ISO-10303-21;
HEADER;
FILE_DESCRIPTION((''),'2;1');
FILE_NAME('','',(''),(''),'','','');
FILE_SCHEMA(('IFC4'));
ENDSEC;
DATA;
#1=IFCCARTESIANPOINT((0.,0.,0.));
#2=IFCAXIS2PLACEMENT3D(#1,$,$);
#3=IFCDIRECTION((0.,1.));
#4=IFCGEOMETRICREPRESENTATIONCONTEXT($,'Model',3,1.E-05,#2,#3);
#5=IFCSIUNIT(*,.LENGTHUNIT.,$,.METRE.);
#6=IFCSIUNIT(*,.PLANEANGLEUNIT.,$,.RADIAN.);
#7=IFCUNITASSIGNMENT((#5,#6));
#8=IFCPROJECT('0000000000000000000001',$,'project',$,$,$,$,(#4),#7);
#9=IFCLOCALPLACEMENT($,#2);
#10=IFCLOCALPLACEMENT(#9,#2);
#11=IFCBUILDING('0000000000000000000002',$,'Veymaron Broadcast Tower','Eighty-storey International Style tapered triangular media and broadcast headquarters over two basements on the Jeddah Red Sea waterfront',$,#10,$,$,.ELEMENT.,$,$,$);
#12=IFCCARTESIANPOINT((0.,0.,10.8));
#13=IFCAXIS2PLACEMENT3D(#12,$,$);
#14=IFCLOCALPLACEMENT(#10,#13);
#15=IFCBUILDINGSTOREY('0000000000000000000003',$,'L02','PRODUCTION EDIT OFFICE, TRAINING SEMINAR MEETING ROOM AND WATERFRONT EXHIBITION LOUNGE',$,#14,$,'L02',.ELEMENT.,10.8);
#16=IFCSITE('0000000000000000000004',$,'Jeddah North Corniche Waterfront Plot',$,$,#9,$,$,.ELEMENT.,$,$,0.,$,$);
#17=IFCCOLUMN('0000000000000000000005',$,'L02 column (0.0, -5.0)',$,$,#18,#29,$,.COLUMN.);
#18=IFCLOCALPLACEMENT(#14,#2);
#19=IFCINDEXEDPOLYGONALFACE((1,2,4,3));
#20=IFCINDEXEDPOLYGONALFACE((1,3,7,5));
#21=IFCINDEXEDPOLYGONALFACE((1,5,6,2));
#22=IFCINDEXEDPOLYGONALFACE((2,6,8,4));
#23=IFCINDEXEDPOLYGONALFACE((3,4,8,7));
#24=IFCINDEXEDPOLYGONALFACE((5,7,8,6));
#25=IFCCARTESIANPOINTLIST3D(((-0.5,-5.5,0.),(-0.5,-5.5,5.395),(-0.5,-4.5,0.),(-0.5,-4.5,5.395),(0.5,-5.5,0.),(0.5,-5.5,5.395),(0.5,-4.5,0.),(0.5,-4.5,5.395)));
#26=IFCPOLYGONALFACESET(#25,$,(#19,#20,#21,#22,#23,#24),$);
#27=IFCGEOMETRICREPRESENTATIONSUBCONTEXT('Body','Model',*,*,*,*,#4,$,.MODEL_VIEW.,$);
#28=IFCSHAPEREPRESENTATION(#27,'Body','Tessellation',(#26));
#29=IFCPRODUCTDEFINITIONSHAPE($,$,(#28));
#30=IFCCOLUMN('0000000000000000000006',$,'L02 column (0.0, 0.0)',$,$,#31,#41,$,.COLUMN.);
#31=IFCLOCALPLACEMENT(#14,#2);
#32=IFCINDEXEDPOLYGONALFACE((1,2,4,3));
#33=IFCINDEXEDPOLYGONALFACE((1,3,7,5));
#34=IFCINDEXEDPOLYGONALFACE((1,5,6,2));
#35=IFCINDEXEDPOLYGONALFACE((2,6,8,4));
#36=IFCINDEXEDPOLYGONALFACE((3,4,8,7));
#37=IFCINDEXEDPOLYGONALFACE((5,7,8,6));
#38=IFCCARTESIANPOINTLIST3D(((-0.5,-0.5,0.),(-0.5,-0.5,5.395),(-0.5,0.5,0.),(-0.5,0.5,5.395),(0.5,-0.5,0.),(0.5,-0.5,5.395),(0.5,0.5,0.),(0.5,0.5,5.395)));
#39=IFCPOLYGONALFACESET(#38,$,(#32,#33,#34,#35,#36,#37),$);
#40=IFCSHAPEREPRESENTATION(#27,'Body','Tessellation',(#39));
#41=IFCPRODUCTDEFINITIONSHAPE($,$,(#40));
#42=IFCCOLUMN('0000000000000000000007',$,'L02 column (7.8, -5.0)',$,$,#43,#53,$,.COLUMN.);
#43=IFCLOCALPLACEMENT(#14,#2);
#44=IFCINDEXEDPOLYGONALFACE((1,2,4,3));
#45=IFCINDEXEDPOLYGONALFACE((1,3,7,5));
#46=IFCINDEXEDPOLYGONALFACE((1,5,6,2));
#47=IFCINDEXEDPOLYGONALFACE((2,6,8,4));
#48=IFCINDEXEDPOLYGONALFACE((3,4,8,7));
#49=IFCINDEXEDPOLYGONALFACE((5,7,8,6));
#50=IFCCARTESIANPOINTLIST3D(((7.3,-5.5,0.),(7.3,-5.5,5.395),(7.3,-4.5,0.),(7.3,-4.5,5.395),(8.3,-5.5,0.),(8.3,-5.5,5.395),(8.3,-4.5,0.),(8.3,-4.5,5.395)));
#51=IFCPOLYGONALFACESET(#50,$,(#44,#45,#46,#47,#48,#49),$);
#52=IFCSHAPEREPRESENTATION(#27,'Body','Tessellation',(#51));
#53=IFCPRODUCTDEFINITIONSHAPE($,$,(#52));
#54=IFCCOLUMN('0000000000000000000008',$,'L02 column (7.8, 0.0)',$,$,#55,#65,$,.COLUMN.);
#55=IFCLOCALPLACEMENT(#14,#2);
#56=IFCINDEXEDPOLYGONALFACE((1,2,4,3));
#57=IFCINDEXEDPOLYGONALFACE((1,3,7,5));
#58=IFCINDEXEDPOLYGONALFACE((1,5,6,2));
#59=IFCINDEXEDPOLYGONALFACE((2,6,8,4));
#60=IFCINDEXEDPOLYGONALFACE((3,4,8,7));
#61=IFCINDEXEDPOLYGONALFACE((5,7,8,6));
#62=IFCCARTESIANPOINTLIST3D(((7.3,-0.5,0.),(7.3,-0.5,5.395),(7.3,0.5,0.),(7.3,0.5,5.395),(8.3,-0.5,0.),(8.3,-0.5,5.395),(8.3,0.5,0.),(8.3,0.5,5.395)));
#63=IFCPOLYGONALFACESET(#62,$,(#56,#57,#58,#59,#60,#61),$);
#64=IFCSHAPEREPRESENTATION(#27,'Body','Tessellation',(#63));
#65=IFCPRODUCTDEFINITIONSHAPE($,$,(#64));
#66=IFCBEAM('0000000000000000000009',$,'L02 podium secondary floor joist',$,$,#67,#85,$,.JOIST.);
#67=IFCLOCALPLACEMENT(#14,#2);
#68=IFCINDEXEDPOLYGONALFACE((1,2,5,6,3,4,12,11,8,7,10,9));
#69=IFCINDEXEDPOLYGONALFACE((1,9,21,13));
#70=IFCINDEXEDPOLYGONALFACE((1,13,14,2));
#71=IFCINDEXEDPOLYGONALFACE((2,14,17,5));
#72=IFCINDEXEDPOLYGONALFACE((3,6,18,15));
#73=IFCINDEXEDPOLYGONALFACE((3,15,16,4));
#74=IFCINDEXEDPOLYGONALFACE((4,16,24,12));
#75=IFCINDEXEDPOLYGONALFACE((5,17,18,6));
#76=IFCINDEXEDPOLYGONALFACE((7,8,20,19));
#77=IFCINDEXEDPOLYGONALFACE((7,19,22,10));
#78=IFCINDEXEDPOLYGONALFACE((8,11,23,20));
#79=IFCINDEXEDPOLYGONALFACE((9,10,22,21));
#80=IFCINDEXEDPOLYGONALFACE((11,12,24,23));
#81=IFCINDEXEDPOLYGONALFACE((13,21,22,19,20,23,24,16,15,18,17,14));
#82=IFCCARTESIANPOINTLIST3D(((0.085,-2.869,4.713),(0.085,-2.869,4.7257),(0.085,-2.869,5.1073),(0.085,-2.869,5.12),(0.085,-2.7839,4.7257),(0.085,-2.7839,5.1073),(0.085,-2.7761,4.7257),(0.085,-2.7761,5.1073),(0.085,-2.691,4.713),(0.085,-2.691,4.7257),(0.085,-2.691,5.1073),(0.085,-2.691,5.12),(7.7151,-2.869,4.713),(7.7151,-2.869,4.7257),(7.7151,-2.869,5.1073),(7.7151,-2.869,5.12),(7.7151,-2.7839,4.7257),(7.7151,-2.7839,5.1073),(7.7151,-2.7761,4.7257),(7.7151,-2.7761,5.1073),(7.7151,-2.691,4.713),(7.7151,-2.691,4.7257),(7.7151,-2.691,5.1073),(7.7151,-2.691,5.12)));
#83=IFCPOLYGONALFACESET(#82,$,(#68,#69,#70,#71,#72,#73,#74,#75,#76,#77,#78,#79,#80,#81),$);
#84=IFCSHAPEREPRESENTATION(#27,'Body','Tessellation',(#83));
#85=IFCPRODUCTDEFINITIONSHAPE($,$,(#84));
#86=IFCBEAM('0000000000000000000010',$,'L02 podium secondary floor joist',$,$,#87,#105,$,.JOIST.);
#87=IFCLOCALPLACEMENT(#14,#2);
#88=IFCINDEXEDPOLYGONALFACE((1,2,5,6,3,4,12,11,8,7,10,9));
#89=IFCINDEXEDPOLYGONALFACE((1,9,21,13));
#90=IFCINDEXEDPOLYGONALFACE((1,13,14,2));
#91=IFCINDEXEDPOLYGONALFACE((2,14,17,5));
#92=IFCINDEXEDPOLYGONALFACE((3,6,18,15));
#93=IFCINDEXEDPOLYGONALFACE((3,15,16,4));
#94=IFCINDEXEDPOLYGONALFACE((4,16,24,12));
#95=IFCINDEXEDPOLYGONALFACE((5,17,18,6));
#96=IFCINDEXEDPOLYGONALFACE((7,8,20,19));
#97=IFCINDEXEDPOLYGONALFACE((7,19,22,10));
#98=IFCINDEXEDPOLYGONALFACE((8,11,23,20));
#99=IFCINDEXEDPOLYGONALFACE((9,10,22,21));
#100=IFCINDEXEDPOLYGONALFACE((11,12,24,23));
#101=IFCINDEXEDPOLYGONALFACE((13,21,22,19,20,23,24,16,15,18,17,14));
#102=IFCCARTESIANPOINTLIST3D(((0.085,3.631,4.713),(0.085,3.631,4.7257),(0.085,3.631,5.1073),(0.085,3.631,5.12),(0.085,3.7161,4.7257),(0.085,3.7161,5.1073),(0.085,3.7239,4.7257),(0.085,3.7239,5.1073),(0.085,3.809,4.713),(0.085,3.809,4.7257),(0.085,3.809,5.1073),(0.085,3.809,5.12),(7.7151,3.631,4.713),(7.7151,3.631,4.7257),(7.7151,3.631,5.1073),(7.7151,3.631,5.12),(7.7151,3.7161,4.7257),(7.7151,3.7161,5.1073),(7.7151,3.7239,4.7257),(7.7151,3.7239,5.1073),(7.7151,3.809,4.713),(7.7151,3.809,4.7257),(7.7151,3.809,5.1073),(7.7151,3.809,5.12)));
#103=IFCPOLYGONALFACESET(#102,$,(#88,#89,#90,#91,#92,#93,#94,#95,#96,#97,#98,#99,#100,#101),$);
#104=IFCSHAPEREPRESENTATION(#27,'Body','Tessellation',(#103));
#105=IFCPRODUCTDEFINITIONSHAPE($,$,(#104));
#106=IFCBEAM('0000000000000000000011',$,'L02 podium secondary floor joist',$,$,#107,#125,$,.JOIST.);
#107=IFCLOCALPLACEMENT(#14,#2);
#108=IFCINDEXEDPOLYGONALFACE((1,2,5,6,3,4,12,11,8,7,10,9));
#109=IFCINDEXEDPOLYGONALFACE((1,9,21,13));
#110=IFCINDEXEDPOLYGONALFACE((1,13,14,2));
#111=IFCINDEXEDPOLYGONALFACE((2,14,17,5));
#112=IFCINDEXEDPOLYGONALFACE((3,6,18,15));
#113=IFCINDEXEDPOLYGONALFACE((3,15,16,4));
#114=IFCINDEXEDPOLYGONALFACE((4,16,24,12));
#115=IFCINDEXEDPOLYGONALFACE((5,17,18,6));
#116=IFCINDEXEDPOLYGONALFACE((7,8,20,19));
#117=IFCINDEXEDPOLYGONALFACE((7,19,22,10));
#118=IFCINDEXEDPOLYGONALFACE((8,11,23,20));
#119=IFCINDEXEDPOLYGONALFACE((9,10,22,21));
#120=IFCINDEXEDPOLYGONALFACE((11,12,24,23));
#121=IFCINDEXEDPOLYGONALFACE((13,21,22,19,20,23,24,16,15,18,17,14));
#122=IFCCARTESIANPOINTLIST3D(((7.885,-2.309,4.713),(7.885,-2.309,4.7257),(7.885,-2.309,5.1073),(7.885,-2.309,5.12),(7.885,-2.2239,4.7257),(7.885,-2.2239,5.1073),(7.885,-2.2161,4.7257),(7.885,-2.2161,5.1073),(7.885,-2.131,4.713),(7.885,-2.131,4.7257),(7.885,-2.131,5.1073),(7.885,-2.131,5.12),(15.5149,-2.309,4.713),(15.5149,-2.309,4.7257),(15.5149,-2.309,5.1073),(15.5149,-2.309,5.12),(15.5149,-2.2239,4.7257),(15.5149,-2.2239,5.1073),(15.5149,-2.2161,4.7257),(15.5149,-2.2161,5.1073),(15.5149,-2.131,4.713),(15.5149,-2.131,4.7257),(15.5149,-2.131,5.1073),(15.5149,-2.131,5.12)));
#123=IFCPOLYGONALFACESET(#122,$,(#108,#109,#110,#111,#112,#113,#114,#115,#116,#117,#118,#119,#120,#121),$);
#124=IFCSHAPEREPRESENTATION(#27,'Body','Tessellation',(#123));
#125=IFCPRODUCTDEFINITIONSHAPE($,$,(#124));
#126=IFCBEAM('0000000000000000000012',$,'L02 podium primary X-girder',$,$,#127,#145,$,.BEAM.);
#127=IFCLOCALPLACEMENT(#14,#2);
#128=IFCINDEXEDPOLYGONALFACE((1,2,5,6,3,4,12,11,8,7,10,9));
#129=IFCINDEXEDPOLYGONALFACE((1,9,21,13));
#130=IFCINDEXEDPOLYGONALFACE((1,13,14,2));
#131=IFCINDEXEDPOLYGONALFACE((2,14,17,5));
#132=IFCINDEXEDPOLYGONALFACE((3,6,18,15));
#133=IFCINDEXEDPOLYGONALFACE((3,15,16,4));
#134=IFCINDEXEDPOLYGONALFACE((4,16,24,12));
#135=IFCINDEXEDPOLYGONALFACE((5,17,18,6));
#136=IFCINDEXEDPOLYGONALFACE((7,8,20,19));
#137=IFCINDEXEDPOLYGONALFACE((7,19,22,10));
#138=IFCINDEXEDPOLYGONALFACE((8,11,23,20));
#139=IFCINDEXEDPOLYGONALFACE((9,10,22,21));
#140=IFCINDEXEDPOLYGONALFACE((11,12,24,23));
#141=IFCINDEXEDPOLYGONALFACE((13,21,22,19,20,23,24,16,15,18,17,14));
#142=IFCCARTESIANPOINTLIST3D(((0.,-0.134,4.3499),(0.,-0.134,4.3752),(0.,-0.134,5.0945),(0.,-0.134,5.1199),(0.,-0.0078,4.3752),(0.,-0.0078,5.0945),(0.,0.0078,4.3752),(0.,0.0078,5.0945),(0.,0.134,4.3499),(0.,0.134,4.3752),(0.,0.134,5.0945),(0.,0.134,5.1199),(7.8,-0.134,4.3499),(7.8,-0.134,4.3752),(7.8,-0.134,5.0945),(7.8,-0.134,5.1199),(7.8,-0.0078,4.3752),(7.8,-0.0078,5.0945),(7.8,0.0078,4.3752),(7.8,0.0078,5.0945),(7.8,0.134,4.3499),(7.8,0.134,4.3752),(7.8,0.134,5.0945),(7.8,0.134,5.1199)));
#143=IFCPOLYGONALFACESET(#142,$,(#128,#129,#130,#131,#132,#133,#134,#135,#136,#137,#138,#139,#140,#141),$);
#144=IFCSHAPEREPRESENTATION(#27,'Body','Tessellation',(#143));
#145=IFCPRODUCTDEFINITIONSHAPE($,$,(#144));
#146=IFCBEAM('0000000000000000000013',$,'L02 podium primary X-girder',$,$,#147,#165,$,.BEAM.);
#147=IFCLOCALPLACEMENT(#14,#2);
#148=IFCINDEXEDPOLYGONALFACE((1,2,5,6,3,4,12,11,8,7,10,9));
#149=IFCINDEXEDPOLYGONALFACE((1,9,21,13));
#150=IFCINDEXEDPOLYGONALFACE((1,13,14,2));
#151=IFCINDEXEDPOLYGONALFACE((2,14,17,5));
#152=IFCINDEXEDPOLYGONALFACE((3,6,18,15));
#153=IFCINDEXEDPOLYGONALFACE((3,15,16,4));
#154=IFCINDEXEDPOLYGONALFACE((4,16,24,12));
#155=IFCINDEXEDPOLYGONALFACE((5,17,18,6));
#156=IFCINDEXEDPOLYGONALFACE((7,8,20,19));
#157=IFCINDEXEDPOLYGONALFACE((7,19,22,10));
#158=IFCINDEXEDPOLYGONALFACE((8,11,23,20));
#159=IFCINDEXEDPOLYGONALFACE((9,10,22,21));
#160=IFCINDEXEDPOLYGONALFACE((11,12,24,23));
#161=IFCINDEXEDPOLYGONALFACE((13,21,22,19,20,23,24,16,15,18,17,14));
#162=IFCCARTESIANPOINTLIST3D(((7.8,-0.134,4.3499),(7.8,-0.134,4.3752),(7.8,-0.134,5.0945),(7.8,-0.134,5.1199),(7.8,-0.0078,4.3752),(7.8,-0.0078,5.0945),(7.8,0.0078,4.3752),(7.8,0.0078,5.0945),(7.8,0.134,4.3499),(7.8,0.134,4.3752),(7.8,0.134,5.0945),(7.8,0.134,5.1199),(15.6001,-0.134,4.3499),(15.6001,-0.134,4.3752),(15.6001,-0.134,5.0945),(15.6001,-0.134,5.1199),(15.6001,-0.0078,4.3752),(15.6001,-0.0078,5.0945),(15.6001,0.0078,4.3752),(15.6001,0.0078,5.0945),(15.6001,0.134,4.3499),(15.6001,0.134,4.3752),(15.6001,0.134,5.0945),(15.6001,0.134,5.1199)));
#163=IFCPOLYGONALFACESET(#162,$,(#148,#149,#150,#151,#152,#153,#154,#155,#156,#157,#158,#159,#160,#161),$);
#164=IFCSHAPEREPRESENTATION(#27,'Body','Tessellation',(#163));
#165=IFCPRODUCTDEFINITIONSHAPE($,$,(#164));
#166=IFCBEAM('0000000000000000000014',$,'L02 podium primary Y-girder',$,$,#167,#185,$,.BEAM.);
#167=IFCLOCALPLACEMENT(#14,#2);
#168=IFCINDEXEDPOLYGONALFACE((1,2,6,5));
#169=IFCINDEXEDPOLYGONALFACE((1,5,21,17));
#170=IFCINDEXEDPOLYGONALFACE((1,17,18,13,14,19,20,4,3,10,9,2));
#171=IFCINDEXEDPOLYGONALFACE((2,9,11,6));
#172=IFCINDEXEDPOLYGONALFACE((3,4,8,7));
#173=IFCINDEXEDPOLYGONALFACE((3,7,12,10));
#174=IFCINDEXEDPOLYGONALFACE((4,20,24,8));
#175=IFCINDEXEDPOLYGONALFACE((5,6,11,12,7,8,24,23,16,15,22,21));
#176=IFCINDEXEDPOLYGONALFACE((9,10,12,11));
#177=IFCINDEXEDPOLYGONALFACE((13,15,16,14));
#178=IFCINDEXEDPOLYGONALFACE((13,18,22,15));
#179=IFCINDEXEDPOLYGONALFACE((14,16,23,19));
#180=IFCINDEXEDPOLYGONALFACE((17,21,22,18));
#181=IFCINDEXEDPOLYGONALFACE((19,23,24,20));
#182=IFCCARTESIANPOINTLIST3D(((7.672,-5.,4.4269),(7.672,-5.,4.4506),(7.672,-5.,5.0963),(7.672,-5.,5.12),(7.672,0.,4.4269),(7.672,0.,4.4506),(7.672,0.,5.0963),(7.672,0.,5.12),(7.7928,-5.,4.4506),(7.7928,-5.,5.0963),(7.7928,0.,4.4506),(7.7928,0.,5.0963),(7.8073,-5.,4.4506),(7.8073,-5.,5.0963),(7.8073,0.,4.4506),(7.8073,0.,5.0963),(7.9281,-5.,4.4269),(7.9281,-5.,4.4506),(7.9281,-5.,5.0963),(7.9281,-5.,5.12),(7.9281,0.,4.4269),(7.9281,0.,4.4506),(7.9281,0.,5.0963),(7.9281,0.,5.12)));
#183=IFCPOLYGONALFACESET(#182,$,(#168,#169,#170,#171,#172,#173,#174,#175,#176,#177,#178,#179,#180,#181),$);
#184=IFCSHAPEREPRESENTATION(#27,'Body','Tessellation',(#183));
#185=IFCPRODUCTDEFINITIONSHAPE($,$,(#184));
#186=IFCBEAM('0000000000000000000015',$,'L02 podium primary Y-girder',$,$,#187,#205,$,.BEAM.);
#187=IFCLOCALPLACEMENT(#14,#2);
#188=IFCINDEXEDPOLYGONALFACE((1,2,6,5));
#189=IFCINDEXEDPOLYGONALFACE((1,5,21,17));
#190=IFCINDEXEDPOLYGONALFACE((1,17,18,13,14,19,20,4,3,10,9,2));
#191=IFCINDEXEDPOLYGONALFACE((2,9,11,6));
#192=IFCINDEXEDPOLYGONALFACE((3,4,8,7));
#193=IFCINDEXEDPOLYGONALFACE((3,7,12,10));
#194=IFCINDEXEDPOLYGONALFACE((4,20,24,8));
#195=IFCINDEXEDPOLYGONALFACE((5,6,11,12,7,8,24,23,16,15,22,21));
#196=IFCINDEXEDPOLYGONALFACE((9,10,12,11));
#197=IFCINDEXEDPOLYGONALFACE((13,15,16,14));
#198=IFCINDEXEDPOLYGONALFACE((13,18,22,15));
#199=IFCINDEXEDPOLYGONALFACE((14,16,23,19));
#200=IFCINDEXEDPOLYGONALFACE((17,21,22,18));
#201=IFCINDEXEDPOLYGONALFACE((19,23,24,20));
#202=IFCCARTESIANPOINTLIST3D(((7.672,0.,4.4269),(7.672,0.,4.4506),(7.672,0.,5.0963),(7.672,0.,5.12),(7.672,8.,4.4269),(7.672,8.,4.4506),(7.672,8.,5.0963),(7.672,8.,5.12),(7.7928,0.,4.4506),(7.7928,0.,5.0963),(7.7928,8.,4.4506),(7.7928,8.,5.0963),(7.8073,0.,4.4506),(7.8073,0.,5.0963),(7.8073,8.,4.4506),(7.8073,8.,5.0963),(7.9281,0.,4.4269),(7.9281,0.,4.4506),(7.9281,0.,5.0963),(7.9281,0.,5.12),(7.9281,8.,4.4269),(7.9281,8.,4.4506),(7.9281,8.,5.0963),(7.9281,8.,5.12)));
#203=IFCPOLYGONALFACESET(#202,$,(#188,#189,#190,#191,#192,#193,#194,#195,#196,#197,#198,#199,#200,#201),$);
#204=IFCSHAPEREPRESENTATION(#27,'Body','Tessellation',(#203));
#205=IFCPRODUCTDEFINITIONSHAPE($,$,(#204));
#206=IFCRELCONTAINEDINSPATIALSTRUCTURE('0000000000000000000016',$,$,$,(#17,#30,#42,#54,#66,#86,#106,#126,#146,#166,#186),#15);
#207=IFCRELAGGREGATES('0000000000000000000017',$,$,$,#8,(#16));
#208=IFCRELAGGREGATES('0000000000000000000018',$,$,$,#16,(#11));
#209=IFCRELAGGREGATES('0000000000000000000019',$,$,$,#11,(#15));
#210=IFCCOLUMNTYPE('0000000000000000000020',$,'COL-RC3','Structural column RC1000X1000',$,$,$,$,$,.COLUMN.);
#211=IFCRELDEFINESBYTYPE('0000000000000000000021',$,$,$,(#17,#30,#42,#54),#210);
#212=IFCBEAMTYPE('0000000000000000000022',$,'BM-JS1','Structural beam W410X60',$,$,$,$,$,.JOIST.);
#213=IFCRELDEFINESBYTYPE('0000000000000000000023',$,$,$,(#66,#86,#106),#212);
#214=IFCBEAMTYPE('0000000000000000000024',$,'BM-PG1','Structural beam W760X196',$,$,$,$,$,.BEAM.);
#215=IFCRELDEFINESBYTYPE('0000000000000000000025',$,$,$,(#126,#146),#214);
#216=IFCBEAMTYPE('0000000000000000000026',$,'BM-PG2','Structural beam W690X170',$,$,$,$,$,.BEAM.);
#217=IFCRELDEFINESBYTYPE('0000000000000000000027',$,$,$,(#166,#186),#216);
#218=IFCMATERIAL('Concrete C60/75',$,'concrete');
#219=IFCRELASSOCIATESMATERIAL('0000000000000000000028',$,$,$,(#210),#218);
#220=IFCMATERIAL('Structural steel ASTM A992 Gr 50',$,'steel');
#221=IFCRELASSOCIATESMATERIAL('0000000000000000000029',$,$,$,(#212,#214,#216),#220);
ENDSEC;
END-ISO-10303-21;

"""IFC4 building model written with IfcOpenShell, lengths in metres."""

from ifc_helpers import new_model, si_unit, direction, frame, origin, origin_2d, place, context, subcontext, project, spatial, rectangle, i_section, extrude, material, material_profile, profile_set, type_object, element, save


model = new_model("IFC4")

# Units and contexts
model_context = context("Model", 3, precision=1e-05, world=origin(), true_north=direction((0.0, 1.0)))
body_context = subcontext(model_context, "Body", "Model", "MODEL_VIEW")
ifc_project = project(units=[si_unit("LENGTHUNIT", "METRE"), si_unit("PLANEANGLEUNIT", "RADIAN")], contexts=[model_context])

# Site, building, storey
site_placement = place(None, origin())
site = spatial("IfcSite", under=ifc_project, at=site_placement, Name="Jeddah North Corniche Waterfront Plot", CompositionType="ELEMENT", RefElevation=0.0)
building_placement = place(site_placement, origin())
building = spatial("IfcBuilding", under=site, at=building_placement, Name="Veymaron Broadcast Tower", Description="Eighty-storey International Style tapered triangular media and broadcast headquarters over two basements on the Jeddah Red Sea waterfront", CompositionType="ELEMENT")
storey_placement = place(building_placement, frame((0.0, 0.0, 10.8)))
storey = spatial("IfcBuildingStorey", under=building, at=storey_placement, Name="L02", Description="PRODUCTION EDIT OFFICE, TRAINING SEMINAR MEETING ROOM AND WATERFRONT EXHIBITION LOUNGE", LongName="L02", CompositionType="ELEMENT", Elevation=10.8)

# Columns
ifc_material_1 = material(Name="Concrete C60/75", Category="concrete")
ifc_material_profile_1 = material_profile(ifc_material_1, rectangle(XDim=1.0, YDim=1.0, at=origin_2d()), Name="RC1000X1000")
ifc_profile_set_1 = profile_set([ifc_material_profile_1], Name="Concrete C60/75")
column_type = type_object("IfcColumnType", Name="COL-RC3", Description="Structural column RC1000X1000", PredefinedType="COLUMN", material=ifc_profile_set_1)
for number, where, z_axis, x_axis, name in (
    (1, (0.0, -5.0, 0.0), (0.0, 0.0, 1.0), (1.0, 0.0, 0.0), "L02 column (0.0, -5.0)"),
    (2, (0.0, 0.0, 0.0), (0.0, 0.0, 1.0), (1.0, 0.0, 0.0), "L02 column (0.0, 0.0)"),
    (3, (7.8, -5.0, 0.0), (0.0, 0.0, 1.0), (1.0, 0.0, 0.0), "L02 column (7.8, -5.0)"),
    (4, (7.8, 0.0, 0.0), (0.0, 0.0, 1.0), (1.0, 0.0, 0.0), "L02 column (7.8, 0.0)"),
):
    element("IfcColumn", number, at=place(storey_placement, frame(where, z_axis=z_axis, x_axis=x_axis)), inside=storey, type_object=column_type, Name=name, PredefinedType="COLUMN", context=body_context, shape_type="SweptSolid", body=[
        extrude(rectangle(XDim=1.0, YDim=1.0, at=origin_2d()), origin(), (0.0, 0.0, 1.0), 5.395),
    ])

# Beams
ifc_material_2 = material(Name="Structural steel ASTM A992 Gr 50", Category="steel")
ifc_material_profile_2 = material_profile(ifc_material_2, i_section(OverallWidth=0.178, OverallDepth=0.407, WebThickness=0.0078, FlangeThickness=0.0127, at=origin_2d()), Name="W410X60")
ifc_profile_set_2 = profile_set([ifc_material_profile_2], Name="Structural steel ASTM A992 Gr 50")
beam_type_1 = type_object("IfcBeamType", Name="BM-JS1", Description="Structural beam W410X60", PredefinedType="JOIST", material=ifc_profile_set_2)
for number, where, z_axis, x_axis, name in (
    (5, (0.085, -2.78, 4.9165), (1.0, 0.0, 0.0), (0.0, 1.0, 0.0), "L02 podium secondary floor joist"),
    (6, (0.085, 3.72, 4.9165), (1.0, 0.0, 0.0), (0.0, 1.0, 0.0), "L02 podium secondary floor joist"),
):
    element("IfcBeam", number, at=place(storey_placement, frame(where, z_axis=z_axis, x_axis=x_axis)), inside=storey, type_object=beam_type_1, Name=name, PredefinedType="JOIST", context=body_context, shape_type="SweptSolid", body=[
        extrude(i_section(OverallWidth=0.178, OverallDepth=0.407, WebThickness=0.0078, FlangeThickness=0.0127, at=origin_2d()), origin(), (0.0, 0.0, 1.0), 7.6301),
    ])
beam_1_placement = place(storey_placement, frame((7.885, -2.22, 4.9165), z_axis=(1.0, 0.0, 0.0), x_axis=(0.0, 1.0, 0.0)))
element("IfcBeam", 7, at=beam_1_placement, inside=storey, type_object=beam_type_1, Name="L02 podium secondary floor joist", PredefinedType="JOIST", context=body_context, shape_type="SweptSolid", body=[
    extrude(i_section(OverallWidth=0.178, OverallDepth=0.407, WebThickness=0.0078, FlangeThickness=0.0127, at=origin_2d()), origin(), (0.0, 0.0, 1.0), 7.6299),
])
ifc_material_profile_3 = material_profile(ifc_material_2, i_section(OverallWidth=0.2681, OverallDepth=0.77, WebThickness=0.0156, FlangeThickness=0.0254, at=origin_2d()), Name="W760X196")
ifc_profile_set_3 = profile_set([ifc_material_profile_3], Name="Structural steel ASTM A992 Gr 50")
beam_type_2 = type_object("IfcBeamType", Name="BM-PG1", Description="Structural beam W760X196", PredefinedType="BEAM", material=ifc_profile_set_3)
for number, where, z_axis, x_axis, name in (
    (8, (0.0, 0.0, 4.7349), (1.0, 0.0, 0.0), (0.0, 1.0, 0.0), "L02 podium primary X-girder"),
    (9, (7.8, 0.0, 4.7349), (1.0, 0.0, 0.0), (0.0, 1.0, 0.0), "L02 podium primary X-girder"),
):
    element("IfcBeam", number, at=place(storey_placement, frame(where, z_axis=z_axis, x_axis=x_axis)), inside=storey, type_object=beam_type_2, Name=name, PredefinedType="BEAM", context=body_context, shape_type="SweptSolid", body=[
        extrude(i_section(OverallWidth=0.2681, OverallDepth=0.77, WebThickness=0.0156, FlangeThickness=0.0254, at=origin_2d()), origin(), (0.0, 0.0, 1.0), 7.8),
    ])
ifc_material_profile_4 = material_profile(ifc_material_2, i_section(OverallWidth=0.2561, OverallDepth=0.6931, WebThickness=0.0144, FlangeThickness=0.0237, at=origin_2d()), Name="W690X170")
ifc_profile_set_4 = profile_set([ifc_material_profile_4], Name="Structural steel ASTM A992 Gr 50")
beam_type_3 = type_object("IfcBeamType", Name="BM-PG2", Description="Structural beam W690X170", PredefinedType="BEAM", material=ifc_profile_set_4)
beam_2_placement = place(storey_placement, frame((7.8, -5.0, 4.7734), z_axis=(0.0, 1.0, 0.0), x_axis=(-1.0, 0.0, 0.0)))
element("IfcBeam", 10, at=beam_2_placement, inside=storey, type_object=beam_type_3, Name="L02 podium primary Y-girder", PredefinedType="BEAM", context=body_context, shape_type="SweptSolid", body=[
    extrude(i_section(OverallWidth=0.2561, OverallDepth=0.6931, WebThickness=0.0144, FlangeThickness=0.0237, at=origin_2d()), origin(), (0.0, 0.0, 1.0), 5.0),
])
beam_3_placement = place(storey_placement, frame((7.8, 0.0, 4.7734), z_axis=(0.0, 1.0, 0.0), x_axis=(-1.0, 0.0, 0.0)))
element("IfcBeam", 11, at=beam_3_placement, inside=storey, type_object=beam_type_3, Name="L02 podium primary Y-girder", PredefinedType="BEAM", context=body_context, shape_type="SweptSolid", body=[
    extrude(i_section(OverallWidth=0.2561, OverallDepth=0.6931, WebThickness=0.0144, FlangeThickness=0.0237, at=origin_2d()), origin(), (0.0, 0.0, 1.0), 8.0),
])

save(model, "model.ifc")
